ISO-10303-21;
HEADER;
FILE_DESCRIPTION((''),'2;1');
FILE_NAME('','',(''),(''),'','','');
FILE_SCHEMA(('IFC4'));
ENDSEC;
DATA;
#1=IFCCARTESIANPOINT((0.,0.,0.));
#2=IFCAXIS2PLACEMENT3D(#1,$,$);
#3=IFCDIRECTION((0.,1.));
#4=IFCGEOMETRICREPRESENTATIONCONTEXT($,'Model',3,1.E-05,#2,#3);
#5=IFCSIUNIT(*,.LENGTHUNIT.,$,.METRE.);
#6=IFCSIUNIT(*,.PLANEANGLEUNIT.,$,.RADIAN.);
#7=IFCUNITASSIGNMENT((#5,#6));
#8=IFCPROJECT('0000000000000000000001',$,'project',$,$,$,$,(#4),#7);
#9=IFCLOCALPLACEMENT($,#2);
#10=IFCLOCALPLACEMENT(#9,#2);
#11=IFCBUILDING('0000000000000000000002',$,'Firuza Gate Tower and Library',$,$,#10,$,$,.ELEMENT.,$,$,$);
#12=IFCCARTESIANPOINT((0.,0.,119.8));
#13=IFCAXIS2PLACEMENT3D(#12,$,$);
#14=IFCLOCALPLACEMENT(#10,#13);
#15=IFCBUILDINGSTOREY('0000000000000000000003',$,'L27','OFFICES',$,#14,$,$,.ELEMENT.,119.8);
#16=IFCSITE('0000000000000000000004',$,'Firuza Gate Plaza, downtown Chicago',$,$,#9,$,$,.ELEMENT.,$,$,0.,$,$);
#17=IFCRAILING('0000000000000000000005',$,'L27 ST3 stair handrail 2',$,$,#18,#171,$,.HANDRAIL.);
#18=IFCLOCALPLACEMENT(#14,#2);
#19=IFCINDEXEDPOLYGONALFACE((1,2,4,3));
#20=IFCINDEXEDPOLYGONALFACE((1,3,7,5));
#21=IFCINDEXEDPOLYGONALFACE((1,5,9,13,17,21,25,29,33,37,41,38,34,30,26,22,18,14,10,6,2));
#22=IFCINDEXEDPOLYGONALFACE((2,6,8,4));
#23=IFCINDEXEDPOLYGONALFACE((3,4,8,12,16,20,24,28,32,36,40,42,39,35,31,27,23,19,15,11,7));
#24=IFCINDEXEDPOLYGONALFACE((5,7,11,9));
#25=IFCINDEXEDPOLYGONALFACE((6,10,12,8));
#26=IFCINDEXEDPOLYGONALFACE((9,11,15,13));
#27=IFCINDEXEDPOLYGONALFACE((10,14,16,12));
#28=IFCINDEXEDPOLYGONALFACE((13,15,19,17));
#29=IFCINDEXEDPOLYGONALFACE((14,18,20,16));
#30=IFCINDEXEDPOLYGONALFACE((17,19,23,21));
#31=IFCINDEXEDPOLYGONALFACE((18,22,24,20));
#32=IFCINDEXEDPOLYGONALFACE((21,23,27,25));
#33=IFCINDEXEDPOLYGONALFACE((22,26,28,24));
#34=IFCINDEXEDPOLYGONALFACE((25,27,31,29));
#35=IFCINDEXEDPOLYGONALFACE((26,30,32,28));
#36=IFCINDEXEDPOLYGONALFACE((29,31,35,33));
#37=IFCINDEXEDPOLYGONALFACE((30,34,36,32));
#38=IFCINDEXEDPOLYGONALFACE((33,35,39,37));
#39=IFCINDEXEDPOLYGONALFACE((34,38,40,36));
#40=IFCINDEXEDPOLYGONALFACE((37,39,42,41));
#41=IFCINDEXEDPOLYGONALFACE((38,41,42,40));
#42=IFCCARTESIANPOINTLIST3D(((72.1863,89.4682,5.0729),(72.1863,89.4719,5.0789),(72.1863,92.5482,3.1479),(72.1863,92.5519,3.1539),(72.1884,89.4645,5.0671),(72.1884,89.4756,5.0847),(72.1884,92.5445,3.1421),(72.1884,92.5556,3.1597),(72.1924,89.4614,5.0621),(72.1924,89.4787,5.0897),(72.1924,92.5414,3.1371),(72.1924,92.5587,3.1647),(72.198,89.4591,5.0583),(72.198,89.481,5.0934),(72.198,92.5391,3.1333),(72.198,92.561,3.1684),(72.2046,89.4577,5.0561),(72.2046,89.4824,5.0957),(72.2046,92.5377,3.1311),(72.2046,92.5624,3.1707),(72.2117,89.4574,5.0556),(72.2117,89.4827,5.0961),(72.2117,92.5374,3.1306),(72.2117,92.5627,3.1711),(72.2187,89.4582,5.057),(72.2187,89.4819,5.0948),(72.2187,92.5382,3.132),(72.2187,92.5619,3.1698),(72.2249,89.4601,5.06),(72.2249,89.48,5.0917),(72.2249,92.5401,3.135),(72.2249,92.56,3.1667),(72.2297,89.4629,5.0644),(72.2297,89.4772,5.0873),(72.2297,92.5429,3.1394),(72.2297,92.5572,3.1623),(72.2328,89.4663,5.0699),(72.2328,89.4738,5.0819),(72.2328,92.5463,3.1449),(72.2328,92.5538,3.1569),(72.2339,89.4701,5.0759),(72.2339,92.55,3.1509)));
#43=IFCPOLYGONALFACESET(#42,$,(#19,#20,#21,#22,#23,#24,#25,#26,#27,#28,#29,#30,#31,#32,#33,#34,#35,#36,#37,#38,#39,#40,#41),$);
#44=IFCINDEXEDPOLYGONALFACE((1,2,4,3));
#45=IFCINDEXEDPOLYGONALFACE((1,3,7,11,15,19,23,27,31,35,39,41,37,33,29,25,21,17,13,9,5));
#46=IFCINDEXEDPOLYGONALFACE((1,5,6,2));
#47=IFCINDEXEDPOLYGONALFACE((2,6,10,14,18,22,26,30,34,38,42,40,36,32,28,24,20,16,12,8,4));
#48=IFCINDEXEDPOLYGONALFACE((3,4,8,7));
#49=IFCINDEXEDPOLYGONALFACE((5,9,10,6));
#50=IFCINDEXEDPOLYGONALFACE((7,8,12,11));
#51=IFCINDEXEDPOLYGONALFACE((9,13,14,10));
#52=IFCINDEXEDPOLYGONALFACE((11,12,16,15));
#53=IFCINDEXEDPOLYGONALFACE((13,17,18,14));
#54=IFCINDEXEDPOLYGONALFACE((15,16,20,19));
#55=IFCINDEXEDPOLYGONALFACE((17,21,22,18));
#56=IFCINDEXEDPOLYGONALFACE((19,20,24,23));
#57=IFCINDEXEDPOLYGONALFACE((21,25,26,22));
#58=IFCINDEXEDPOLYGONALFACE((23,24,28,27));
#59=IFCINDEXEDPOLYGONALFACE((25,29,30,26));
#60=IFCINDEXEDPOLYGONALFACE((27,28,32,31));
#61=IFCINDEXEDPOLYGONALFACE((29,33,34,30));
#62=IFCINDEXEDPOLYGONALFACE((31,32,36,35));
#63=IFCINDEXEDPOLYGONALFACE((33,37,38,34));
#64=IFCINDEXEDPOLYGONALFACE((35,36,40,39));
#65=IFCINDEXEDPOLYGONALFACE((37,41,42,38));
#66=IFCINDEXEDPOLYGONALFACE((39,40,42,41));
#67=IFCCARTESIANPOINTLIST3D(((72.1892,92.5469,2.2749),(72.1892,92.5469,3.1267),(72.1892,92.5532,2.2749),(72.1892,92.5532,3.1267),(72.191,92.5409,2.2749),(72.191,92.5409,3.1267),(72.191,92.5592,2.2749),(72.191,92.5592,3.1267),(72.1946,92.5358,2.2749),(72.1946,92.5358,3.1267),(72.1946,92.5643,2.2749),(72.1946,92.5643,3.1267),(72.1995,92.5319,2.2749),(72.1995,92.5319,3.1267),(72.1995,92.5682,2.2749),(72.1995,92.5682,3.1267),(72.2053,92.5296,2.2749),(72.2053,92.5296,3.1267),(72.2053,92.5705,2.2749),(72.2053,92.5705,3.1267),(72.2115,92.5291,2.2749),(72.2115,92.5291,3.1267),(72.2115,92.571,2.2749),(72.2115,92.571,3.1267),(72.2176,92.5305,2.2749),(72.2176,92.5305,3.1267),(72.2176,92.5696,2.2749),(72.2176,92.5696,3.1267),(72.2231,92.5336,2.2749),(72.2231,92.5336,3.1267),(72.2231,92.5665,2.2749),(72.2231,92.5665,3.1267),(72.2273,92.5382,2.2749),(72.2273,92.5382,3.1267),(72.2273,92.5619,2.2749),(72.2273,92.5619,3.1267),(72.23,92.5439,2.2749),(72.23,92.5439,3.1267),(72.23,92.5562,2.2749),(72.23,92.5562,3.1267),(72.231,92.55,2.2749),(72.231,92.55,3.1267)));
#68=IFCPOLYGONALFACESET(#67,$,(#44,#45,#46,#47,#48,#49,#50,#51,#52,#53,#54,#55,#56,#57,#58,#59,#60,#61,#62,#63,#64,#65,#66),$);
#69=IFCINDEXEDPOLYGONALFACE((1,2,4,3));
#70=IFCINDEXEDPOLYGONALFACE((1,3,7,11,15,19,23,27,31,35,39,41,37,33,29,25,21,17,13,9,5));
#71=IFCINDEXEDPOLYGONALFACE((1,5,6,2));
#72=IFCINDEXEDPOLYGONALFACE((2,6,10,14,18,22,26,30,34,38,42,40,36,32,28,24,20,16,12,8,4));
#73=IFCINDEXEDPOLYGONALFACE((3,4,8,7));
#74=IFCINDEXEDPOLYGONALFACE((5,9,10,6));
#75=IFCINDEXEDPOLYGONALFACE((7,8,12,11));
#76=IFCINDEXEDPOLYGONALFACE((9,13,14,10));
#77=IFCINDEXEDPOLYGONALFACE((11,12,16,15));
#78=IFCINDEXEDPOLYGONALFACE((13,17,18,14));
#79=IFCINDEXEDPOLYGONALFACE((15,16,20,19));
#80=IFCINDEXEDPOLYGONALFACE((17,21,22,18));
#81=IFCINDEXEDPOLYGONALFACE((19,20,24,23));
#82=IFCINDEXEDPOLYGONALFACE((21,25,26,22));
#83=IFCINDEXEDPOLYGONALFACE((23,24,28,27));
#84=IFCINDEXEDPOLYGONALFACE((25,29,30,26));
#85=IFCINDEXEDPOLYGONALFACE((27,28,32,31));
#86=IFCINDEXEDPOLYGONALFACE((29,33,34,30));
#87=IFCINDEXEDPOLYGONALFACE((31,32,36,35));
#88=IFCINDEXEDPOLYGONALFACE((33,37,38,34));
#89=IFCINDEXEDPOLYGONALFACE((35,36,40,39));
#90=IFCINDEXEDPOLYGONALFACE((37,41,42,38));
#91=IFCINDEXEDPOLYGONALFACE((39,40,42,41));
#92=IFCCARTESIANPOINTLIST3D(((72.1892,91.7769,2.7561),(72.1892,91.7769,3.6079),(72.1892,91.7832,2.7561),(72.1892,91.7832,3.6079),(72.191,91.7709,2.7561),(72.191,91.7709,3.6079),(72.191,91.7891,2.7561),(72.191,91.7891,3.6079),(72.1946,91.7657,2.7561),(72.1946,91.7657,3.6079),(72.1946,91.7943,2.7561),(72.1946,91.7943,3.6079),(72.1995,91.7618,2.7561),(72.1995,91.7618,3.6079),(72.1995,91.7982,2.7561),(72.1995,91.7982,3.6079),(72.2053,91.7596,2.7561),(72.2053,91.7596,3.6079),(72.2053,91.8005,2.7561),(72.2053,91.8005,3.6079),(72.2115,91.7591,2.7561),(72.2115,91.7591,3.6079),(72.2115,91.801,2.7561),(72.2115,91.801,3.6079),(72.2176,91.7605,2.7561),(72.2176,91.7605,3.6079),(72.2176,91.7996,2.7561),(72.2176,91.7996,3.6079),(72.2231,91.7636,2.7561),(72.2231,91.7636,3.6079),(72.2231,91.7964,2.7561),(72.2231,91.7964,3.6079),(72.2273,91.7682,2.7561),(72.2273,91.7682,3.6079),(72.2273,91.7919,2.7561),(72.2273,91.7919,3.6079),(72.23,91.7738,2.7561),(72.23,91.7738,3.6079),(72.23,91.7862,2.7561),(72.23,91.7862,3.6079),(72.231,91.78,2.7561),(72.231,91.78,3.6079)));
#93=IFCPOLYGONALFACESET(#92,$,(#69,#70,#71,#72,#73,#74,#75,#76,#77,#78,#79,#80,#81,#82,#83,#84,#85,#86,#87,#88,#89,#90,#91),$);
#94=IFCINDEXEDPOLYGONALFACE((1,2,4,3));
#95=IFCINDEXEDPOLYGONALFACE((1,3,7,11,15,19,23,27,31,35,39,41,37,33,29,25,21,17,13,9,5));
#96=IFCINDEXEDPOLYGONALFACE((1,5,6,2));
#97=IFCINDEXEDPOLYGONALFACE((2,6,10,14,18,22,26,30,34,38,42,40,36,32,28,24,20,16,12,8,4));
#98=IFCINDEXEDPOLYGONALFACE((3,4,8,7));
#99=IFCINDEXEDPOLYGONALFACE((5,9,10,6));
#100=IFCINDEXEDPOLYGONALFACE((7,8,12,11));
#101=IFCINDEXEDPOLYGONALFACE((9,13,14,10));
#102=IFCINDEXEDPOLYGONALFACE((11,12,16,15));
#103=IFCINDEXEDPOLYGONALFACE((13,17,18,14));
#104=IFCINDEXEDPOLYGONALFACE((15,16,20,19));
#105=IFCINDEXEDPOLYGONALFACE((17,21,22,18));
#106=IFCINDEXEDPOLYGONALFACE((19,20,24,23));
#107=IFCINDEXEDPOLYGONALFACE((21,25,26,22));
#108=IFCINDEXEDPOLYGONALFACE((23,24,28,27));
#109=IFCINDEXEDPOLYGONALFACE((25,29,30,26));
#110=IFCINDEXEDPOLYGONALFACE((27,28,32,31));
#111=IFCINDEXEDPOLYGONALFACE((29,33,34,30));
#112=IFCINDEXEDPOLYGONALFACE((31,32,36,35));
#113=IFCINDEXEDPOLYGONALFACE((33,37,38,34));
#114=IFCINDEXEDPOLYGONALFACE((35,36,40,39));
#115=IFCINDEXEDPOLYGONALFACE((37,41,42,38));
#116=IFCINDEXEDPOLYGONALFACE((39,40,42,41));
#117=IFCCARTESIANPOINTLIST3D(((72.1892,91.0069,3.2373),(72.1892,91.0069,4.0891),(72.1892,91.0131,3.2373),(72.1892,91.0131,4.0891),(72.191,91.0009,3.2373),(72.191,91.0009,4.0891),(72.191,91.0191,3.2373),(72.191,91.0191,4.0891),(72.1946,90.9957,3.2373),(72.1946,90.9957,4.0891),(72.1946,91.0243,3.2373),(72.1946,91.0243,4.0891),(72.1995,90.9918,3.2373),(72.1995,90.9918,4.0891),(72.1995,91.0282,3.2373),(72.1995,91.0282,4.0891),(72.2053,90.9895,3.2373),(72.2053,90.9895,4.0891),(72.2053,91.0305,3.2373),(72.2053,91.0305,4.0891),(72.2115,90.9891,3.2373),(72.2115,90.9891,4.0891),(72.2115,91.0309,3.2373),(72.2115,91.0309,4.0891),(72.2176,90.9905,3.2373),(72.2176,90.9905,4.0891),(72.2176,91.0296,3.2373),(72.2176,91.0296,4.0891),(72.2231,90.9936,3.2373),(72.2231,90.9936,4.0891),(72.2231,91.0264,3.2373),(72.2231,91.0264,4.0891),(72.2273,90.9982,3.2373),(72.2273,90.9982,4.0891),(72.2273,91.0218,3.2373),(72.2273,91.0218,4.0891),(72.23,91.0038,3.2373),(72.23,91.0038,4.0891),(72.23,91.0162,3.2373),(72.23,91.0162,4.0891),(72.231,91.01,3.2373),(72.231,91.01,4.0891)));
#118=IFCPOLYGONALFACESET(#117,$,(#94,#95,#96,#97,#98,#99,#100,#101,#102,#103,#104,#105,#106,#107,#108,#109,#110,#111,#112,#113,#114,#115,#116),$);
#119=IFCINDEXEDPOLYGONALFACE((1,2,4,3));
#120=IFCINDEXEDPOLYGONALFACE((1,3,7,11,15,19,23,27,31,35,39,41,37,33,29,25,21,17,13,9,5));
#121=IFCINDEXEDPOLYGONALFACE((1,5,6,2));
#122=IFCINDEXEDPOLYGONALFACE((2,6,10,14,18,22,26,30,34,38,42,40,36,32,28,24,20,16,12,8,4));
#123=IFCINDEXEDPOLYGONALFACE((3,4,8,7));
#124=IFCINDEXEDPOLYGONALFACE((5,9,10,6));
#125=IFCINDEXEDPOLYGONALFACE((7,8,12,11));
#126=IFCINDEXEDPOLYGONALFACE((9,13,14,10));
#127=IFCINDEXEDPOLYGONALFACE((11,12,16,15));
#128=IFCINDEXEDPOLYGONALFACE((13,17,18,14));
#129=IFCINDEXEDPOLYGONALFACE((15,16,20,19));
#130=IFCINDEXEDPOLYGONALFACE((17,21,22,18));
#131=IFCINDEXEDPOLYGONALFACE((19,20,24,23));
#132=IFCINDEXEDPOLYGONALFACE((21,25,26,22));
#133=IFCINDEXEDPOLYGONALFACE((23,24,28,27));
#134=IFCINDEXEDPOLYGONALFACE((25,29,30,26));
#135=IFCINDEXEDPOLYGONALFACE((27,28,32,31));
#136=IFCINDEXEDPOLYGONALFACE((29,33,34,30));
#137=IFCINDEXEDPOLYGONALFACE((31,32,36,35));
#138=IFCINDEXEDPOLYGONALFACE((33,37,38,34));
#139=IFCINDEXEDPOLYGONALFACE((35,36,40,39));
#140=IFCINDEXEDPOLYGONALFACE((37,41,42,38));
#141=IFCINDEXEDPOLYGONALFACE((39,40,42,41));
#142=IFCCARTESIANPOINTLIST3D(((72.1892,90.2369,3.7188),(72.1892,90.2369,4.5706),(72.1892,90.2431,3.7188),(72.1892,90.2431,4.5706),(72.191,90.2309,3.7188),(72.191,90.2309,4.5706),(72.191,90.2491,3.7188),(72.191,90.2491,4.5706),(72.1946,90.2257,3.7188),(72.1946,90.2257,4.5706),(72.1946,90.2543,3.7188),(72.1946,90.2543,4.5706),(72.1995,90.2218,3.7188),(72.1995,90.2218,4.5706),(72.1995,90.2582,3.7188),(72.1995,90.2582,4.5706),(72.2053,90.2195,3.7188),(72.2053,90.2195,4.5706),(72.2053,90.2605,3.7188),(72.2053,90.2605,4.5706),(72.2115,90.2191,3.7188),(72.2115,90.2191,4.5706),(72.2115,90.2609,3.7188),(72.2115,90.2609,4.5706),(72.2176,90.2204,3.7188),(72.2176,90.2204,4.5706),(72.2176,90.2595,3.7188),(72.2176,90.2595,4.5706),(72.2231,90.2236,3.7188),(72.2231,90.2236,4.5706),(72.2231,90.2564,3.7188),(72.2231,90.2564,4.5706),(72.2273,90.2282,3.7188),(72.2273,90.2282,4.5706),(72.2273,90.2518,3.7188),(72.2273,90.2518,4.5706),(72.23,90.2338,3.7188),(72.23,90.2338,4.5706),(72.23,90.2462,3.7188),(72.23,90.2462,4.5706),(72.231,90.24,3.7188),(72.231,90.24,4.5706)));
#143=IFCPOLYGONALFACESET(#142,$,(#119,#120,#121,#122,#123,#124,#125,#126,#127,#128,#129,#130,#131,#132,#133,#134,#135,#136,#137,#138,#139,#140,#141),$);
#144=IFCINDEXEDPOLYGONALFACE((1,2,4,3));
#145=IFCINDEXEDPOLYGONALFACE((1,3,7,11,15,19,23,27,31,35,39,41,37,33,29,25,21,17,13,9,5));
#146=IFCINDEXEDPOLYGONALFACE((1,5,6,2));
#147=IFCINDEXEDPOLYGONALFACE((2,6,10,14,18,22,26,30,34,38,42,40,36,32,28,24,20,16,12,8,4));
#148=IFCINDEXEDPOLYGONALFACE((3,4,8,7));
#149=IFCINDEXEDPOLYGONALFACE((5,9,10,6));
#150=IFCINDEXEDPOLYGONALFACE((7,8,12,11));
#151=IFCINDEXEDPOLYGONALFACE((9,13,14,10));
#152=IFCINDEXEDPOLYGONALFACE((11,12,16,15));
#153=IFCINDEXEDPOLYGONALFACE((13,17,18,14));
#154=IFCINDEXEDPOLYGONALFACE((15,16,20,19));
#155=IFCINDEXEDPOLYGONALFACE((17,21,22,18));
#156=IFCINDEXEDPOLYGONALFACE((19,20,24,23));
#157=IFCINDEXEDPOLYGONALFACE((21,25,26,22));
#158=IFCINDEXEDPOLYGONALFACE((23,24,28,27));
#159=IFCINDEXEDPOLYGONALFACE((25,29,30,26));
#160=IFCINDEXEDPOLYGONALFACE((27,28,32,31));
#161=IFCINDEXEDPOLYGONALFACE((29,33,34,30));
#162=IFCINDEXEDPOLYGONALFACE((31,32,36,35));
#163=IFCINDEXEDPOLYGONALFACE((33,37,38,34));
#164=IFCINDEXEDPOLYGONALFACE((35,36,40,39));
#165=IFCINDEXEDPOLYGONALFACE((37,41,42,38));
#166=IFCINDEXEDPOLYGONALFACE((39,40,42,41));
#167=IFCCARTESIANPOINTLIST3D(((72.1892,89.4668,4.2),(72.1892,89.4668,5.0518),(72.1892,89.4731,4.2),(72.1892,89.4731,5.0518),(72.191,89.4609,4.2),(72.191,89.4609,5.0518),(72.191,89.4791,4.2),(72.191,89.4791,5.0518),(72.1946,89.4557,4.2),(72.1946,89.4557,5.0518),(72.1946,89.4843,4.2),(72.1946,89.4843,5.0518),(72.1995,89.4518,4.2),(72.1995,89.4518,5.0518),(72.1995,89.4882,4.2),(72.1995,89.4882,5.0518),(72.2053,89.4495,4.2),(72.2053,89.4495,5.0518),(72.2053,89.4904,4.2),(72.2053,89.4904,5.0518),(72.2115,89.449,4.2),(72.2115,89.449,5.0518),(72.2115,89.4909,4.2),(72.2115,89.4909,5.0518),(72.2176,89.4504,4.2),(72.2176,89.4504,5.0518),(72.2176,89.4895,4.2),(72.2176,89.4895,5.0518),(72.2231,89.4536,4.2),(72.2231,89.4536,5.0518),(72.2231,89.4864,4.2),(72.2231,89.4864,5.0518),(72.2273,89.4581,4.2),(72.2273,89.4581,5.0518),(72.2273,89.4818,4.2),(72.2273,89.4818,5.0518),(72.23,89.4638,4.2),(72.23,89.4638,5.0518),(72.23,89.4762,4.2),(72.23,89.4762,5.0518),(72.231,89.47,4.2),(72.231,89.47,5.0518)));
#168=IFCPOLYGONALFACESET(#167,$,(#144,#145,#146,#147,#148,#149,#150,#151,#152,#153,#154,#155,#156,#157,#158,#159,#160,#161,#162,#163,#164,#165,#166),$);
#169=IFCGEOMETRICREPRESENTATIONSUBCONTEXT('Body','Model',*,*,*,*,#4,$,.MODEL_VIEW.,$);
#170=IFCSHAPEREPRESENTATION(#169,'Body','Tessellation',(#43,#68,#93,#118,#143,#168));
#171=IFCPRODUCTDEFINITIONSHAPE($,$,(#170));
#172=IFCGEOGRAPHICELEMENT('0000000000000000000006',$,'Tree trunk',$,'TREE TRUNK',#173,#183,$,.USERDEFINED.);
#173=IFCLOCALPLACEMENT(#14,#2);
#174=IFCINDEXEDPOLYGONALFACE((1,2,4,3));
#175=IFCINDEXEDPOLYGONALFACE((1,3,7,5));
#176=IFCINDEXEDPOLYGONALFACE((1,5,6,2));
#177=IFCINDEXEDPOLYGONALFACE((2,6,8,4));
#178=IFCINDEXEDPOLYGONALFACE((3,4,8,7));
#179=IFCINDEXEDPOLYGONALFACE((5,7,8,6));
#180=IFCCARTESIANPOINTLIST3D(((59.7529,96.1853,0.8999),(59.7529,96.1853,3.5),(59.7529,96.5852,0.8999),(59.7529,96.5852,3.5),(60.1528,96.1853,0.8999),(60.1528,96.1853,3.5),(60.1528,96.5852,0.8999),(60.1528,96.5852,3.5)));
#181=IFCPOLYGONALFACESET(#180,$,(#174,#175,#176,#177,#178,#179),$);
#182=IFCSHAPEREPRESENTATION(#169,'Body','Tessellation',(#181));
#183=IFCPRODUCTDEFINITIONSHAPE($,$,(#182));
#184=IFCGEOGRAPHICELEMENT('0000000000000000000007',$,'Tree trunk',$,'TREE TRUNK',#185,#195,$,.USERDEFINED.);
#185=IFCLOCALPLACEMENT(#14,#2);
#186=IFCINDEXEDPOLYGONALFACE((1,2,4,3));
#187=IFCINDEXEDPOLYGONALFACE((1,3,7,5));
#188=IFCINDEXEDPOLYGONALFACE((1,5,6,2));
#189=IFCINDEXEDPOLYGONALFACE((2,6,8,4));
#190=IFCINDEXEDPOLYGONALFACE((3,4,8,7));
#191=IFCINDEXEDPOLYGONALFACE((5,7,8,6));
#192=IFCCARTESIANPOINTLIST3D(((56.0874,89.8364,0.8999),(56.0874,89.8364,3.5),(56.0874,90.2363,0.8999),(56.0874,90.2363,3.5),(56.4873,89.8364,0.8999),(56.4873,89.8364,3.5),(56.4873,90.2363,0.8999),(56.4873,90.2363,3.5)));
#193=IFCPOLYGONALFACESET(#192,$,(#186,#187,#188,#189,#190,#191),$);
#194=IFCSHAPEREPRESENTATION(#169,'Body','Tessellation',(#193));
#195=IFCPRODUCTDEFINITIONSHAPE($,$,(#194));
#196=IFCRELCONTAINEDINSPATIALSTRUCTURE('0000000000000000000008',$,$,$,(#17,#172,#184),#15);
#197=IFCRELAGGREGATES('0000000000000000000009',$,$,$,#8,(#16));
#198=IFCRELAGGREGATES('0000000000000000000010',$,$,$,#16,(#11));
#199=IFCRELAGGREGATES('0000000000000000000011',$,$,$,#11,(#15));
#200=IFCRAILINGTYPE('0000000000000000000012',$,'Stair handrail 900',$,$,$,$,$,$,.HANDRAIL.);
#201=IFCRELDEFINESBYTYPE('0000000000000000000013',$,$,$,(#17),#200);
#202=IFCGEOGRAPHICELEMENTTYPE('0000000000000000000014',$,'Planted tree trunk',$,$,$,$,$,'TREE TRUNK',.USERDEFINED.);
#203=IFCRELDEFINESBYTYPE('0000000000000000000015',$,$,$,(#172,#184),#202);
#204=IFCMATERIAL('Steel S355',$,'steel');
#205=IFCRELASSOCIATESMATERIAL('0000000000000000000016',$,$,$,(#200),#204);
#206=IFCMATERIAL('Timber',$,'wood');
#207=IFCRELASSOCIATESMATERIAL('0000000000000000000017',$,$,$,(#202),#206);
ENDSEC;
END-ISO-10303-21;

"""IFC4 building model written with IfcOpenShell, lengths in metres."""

from ifc_helpers import new_model, si_unit, direction, frame, origin, origin_2d, place, context, subcontext, project, spatial, rectangle, circle, extrude, material, type_object, element, save


model = new_model("IFC4")

# Units and contexts
model_context = context("Model", 3, precision=1e-05, world=origin(), true_north=direction((0.0, 1.0)))
body_context = subcontext(model_context, "Body", "Model", "MODEL_VIEW")
ifc_project = project(units=[si_unit("LENGTHUNIT", "METRE"), si_unit("PLANEANGLEUNIT", "RADIAN")], contexts=[model_context])

# Site, building, storey
site_placement = place(None, origin())
site = spatial("IfcSite", under=ifc_project, at=site_placement, Name="Firuza Gate Plaza, downtown Chicago", CompositionType="ELEMENT", RefElevation=0.0)
building_placement = place(site_placement, origin())
building = spatial("IfcBuilding", under=site, at=building_placement, Name="Firuza Gate Tower and Library", CompositionType="ELEMENT")
storey_placement = place(building_placement, frame((0.0, 0.0, 119.8)))
storey = spatial("IfcBuildingStorey", under=building, at=storey_placement, Name="L27", Description="OFFICES", CompositionType="ELEMENT", Elevation=119.8)

# Railing
ifc_material_1 = material(Name="Steel S355", Category="steel")
railing_type_1 = type_object("IfcRailingType", Name="Stair handrail 900", PredefinedType="HANDRAIL", material=ifc_material_1)
railing_1_placement = place(storey_placement, frame((72.21, 92.55, 2.2749)))
element("IfcRailing", 1, at=railing_1_placement, inside=storey, type_object=railing_type_1, Name="L27 ST3 stair handrail 2", PredefinedType="HANDRAIL", context=body_context, shape_type="SweptSolid", body=[
    extrude(circle(Radius=0.0239, at=origin_2d()), frame((0.0, 0.0, 0.876), z_axis=(0.0, -0.847998, 0.529999), x_axis=(1.0, 0.0, 0.0)), (0.0, 0.0, 1.0), 3.6321),
    extrude(circle(Radius=0.021, at=origin_2d()), origin(), (0.0, 0.0, 1.0), 0.8518),
    extrude(circle(Radius=0.021, at=origin_2d()), frame((0.0, -0.77, 0.4812)), (0.0, 0.0, 1.0), 0.8518),
    extrude(circle(Radius=0.021, at=origin_2d()), frame((0.0, -1.54, 0.9624)), (0.0, 0.0, 1.0), 0.8518),
    extrude(circle(Radius=0.021, at=origin_2d()), frame((0.0, -2.3101, 1.4438)), (0.0, 0.0, 1.0), 0.8518),
    extrude(circle(Radius=0.021, at=origin_2d()), frame((0.0, -3.0801, 1.925)), (0.0, 0.0, 1.0), 0.8518),
])

# Geographic elements
ifc_material_2 = material(Name="Timber", Category="wood")
geographic_element_type = type_object("IfcGeographicElementType", Name="Planted tree trunk", ElementType="TREE TRUNK", PredefinedType="USERDEFINED", material=ifc_material_2)
for number, where, z_axis, x_axis, name in (
    (2, (59.9529, 96.3853, 0.8999), (0.0, 0.0, 1.0), (1.0, 0.0, 0.0), "Tree trunk"),
    (3, (56.2874, 90.0364, 0.8999), (0.0, 0.0, 1.0), (1.0, 0.0, 0.0), "Tree trunk"),
):
    element("IfcGeographicElement", number, at=place(storey_placement, frame(where, z_axis=z_axis, x_axis=x_axis)), inside=storey, type_object=geographic_element_type, Name=name, ObjectType="TREE TRUNK", PredefinedType="USERDEFINED", context=body_context, shape_type="SweptSolid", body=[
        extrude(rectangle(XDim=0.3999, YDim=0.3999, at=origin_2d()), origin(), (0.0, 0.0, 1.0), 2.6001),
    ])

save(model, "model.ifc")
